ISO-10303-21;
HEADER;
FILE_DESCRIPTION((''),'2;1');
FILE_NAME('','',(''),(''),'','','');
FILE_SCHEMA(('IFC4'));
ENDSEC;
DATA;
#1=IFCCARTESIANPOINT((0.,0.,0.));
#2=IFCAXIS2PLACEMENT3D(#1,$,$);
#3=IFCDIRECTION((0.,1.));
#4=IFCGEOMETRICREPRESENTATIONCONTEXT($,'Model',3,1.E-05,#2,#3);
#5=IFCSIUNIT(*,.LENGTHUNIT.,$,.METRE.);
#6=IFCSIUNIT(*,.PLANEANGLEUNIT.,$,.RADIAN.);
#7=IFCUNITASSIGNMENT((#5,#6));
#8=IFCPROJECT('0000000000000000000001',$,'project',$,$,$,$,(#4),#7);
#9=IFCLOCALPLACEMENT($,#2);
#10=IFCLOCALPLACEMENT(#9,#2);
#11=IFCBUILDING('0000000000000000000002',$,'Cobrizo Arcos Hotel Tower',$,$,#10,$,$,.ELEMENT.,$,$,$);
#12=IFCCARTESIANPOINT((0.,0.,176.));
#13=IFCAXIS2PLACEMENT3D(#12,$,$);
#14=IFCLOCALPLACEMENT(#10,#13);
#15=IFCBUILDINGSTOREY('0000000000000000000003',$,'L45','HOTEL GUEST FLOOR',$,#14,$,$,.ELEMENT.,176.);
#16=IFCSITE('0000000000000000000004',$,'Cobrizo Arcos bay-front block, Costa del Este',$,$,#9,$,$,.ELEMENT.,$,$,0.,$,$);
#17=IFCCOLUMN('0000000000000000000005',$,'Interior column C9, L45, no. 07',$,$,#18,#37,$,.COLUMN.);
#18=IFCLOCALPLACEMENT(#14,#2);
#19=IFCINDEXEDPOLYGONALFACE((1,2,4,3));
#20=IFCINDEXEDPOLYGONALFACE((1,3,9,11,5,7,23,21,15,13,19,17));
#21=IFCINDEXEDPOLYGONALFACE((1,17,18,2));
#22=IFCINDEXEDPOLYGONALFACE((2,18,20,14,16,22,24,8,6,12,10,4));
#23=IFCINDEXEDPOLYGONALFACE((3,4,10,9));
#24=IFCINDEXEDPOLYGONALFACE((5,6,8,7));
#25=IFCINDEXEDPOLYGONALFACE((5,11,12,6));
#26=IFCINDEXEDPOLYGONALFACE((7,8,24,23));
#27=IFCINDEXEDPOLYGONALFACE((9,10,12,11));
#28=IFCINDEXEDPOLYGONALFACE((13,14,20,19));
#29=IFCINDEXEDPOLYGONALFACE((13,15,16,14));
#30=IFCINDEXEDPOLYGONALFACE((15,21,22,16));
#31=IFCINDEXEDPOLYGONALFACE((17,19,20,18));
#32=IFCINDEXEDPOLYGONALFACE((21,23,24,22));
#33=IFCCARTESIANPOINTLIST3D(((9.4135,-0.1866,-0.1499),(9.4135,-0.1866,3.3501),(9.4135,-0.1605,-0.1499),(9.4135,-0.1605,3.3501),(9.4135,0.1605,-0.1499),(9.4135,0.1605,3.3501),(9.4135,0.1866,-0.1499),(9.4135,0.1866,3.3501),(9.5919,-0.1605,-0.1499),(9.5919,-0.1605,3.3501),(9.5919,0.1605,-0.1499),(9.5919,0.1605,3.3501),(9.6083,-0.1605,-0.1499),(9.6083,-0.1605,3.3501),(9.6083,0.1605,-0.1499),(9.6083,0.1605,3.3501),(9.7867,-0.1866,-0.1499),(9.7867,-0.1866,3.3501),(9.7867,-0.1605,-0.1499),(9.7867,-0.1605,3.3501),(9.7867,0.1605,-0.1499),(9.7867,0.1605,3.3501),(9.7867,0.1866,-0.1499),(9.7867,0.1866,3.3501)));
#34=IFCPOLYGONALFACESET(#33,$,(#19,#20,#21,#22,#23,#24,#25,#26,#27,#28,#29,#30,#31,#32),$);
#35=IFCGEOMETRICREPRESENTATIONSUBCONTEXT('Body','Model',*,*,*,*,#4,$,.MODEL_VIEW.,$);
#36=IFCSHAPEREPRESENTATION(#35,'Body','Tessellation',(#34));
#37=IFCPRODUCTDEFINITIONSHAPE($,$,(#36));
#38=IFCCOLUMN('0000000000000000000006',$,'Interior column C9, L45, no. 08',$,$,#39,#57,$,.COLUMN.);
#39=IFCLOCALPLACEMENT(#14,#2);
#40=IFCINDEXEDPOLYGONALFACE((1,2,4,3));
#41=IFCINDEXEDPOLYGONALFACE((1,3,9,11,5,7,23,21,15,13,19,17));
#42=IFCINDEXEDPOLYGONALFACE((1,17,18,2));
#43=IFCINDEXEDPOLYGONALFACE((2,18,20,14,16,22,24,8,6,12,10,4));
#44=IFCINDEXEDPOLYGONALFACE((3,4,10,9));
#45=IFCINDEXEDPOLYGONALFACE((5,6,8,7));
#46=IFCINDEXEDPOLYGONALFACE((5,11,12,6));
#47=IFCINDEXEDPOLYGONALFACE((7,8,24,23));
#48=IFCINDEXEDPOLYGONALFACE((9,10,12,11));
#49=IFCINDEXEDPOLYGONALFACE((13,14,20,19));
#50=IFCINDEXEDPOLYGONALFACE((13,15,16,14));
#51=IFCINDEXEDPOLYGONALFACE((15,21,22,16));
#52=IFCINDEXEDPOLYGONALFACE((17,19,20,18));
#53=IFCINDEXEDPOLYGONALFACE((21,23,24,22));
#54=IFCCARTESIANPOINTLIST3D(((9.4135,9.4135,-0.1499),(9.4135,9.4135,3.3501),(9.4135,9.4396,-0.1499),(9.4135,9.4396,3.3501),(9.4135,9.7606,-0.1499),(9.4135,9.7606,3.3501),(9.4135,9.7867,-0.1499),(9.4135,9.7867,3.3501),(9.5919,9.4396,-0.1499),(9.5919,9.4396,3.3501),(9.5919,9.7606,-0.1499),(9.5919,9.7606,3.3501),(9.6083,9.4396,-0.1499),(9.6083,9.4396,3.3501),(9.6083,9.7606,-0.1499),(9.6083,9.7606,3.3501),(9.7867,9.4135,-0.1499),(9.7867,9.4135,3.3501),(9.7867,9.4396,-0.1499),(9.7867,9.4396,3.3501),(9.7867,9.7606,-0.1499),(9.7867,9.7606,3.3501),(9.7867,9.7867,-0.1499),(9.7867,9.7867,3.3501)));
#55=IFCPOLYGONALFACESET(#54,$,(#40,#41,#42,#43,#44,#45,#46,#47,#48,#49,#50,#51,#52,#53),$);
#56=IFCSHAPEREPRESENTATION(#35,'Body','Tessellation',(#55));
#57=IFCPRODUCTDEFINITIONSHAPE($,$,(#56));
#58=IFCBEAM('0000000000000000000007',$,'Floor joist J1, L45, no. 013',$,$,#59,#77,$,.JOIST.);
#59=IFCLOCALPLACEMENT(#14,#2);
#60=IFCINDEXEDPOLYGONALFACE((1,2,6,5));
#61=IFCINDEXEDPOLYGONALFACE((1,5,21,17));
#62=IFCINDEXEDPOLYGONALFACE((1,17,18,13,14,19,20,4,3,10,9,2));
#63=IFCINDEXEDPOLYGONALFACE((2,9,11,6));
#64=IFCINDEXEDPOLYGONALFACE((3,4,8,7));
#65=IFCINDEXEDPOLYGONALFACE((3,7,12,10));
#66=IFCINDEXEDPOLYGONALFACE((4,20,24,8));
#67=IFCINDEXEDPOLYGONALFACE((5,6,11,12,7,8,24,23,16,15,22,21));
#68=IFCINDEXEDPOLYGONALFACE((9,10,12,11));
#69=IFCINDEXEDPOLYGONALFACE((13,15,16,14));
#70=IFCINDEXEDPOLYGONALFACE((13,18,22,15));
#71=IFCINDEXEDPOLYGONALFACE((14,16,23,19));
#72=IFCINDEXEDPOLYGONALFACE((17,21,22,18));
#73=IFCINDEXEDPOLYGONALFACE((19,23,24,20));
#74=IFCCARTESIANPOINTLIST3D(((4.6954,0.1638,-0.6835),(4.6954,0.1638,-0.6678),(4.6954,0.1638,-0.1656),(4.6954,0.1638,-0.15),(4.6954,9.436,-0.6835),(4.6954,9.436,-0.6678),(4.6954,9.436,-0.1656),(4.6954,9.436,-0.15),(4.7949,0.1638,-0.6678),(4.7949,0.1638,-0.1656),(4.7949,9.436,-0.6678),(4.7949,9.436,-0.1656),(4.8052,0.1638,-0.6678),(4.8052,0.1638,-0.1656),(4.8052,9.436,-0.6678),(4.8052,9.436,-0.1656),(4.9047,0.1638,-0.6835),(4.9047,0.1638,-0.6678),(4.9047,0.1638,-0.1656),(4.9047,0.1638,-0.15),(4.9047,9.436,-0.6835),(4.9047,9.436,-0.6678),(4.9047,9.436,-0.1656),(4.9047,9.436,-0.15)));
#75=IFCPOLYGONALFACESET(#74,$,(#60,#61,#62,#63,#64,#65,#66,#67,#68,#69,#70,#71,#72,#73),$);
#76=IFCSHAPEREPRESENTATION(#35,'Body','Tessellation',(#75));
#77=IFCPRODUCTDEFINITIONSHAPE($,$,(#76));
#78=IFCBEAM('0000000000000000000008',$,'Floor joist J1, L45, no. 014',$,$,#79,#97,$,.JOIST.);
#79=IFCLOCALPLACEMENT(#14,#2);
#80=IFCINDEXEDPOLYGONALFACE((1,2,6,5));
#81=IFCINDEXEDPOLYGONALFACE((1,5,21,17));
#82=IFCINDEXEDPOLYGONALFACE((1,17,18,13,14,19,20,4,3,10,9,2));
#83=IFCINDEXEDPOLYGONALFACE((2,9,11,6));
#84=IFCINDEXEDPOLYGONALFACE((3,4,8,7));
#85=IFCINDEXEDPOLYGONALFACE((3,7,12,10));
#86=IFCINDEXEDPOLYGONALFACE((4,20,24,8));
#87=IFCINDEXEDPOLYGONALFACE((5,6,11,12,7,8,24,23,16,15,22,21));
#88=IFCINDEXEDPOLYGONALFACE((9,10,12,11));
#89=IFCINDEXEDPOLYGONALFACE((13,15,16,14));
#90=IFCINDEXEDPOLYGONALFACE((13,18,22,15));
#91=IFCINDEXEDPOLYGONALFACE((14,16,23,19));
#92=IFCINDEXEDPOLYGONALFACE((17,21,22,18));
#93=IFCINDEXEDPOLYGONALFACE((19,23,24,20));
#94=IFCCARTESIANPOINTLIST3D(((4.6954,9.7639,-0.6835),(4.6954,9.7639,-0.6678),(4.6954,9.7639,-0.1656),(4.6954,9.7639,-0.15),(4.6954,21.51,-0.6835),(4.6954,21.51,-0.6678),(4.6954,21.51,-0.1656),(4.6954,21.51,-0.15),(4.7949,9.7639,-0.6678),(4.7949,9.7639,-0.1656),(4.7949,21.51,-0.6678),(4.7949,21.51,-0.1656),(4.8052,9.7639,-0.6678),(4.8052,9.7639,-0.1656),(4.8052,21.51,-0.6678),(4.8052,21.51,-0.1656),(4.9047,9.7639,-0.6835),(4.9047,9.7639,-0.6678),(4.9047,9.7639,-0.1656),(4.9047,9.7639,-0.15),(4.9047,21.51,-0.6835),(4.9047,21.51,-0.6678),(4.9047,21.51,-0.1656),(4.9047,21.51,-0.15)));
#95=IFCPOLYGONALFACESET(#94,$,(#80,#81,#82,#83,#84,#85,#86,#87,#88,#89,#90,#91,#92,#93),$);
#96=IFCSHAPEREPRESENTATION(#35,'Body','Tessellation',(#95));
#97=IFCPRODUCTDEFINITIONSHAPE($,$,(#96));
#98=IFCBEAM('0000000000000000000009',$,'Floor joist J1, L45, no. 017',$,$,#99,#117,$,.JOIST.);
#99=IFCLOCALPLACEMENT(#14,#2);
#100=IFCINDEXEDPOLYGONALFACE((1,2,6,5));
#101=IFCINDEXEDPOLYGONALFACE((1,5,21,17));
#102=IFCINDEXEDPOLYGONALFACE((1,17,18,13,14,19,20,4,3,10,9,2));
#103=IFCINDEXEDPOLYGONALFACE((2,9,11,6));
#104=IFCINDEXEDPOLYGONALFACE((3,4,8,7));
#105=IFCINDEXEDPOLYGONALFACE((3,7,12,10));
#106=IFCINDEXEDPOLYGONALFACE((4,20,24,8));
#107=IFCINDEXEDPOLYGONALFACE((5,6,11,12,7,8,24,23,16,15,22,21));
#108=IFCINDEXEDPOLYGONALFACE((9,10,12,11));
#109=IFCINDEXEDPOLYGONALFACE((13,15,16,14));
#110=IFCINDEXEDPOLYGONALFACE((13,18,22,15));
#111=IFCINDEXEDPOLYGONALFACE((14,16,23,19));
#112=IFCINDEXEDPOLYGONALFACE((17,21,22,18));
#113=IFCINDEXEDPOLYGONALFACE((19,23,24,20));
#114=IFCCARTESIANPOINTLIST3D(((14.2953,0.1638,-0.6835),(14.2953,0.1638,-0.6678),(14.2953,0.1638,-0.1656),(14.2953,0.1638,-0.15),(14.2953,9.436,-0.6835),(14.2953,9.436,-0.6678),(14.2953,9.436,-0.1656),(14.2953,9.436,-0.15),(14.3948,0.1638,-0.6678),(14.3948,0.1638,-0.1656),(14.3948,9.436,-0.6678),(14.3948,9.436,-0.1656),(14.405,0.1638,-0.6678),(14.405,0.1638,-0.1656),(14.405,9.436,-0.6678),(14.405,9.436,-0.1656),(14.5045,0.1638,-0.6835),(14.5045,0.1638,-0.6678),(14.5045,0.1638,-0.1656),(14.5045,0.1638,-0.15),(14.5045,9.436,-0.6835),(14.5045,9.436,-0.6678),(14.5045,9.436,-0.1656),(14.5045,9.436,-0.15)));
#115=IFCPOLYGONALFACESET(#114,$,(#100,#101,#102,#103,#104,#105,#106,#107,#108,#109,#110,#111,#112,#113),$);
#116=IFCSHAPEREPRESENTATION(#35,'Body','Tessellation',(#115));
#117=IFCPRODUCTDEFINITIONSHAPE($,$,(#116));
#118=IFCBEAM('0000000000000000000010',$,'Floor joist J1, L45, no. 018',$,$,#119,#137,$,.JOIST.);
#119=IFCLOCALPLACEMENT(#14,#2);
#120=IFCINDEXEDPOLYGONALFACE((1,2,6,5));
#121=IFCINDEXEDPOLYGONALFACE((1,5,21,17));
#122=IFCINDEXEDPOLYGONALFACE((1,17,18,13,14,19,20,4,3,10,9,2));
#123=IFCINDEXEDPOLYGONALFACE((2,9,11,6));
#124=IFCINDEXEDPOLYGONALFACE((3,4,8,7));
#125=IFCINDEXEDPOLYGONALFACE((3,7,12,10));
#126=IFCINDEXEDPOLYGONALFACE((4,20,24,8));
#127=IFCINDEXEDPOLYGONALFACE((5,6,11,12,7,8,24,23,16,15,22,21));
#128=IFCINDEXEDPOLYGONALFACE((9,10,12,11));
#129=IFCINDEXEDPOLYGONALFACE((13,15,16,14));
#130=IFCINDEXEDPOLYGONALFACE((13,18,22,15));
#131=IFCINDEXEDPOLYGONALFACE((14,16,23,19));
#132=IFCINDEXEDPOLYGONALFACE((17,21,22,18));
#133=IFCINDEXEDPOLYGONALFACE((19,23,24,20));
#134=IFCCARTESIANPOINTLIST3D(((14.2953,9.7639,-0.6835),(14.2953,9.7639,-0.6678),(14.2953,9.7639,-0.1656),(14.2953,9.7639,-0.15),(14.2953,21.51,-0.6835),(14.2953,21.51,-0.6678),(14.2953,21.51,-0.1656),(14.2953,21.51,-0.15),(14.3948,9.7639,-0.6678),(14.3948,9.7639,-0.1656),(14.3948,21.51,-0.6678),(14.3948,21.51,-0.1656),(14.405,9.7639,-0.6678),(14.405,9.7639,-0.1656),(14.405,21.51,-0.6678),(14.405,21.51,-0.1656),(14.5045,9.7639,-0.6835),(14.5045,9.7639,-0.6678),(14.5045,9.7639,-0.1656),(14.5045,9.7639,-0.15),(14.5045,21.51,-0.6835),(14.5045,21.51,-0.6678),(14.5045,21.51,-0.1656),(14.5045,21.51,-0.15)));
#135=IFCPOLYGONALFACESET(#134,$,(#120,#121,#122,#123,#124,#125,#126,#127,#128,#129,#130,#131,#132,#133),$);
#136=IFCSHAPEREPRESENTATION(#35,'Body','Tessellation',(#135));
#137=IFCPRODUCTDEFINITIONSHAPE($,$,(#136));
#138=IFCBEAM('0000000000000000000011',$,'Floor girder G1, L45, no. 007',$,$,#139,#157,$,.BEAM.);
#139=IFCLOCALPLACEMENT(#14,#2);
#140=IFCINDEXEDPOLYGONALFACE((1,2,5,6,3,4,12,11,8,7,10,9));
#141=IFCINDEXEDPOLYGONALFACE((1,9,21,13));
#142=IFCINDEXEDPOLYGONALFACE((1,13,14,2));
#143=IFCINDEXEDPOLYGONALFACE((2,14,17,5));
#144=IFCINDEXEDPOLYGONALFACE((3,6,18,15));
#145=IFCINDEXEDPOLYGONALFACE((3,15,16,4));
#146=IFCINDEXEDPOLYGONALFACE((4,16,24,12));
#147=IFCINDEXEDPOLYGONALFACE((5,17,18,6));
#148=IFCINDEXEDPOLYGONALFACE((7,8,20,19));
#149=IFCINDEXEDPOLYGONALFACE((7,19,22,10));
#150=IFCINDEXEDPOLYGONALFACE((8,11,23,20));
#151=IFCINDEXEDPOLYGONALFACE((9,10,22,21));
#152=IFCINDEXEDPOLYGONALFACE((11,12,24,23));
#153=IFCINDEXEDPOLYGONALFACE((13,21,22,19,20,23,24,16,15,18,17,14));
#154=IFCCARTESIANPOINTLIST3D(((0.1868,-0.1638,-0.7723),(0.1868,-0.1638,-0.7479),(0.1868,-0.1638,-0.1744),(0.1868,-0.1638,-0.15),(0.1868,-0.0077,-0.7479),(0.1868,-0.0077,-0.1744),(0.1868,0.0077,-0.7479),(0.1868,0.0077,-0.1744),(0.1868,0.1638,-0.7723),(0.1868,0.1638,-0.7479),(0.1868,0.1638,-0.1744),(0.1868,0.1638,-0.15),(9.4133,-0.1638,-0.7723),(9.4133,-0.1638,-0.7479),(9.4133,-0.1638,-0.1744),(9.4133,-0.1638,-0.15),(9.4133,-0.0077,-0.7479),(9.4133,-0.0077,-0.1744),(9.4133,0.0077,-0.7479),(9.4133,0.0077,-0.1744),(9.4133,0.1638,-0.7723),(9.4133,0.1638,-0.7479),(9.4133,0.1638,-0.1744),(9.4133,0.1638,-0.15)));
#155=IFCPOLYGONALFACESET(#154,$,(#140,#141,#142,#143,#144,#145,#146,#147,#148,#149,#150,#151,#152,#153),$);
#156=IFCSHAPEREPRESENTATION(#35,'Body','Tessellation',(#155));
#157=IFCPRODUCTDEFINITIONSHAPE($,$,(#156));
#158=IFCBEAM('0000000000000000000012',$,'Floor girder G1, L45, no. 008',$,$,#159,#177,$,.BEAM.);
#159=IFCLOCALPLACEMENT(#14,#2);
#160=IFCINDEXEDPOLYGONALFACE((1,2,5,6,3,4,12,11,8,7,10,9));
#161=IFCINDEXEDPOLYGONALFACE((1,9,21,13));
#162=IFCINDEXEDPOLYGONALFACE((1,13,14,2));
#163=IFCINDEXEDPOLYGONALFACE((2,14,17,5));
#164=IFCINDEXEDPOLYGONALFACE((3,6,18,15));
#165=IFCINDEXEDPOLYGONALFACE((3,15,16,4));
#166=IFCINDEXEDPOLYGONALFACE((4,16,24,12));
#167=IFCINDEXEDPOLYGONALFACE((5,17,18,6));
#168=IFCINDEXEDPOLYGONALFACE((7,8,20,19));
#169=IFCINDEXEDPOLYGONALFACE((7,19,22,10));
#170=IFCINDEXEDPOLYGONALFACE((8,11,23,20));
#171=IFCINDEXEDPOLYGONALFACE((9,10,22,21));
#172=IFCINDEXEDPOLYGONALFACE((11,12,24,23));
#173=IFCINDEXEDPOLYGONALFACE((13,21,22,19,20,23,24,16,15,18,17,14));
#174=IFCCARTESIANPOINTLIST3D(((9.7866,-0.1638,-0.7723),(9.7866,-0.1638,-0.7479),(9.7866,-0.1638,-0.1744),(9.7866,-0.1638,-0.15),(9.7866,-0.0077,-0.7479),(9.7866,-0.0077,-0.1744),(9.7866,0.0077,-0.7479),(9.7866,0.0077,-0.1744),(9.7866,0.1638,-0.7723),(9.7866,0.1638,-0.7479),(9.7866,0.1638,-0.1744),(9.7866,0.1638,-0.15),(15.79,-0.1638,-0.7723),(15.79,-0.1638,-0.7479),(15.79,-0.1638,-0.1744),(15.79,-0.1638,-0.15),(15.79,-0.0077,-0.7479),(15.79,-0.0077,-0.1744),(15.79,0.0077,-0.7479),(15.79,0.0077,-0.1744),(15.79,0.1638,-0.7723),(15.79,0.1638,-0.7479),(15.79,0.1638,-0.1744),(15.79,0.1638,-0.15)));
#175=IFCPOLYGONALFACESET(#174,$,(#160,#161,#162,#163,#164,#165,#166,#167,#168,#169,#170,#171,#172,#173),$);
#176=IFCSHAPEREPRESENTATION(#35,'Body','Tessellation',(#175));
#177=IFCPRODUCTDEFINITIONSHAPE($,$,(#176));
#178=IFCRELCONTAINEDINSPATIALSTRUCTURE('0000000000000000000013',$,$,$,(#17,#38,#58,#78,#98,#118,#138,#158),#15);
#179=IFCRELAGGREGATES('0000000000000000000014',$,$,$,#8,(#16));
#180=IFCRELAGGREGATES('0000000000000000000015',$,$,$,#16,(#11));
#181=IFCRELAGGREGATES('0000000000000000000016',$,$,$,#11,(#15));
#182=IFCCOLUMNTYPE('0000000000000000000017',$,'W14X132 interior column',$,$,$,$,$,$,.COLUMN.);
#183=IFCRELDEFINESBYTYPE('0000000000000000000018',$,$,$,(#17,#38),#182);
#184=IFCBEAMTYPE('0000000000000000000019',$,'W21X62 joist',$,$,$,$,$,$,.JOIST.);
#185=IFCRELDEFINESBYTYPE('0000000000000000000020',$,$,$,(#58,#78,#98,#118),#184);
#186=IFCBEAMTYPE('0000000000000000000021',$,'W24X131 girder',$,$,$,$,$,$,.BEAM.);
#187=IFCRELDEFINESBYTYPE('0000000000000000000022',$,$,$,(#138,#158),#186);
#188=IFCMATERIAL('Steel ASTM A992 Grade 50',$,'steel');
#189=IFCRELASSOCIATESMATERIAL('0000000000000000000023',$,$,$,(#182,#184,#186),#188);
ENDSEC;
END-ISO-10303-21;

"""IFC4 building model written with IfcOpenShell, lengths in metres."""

from ifc_helpers import new_model, si_unit, direction, frame, origin, origin_2d, place, context, subcontext, project, spatial, i_section, extrude, material, material_profile, profile_set, type_object, element, save


model = new_model("IFC4")

# Units and contexts
model_context = context("Model", 3, precision=1e-05, world=origin(), true_north=direction((0.0, 1.0)))
body_context = subcontext(model_context, "Body", "Model", "MODEL_VIEW")
ifc_project = project(units=[si_unit("LENGTHUNIT", "METRE"), si_unit("PLANEANGLEUNIT", "RADIAN")], contexts=[model_context])

# Site, building, storey
site_placement = place(None, origin())
site = spatial("IfcSite", under=ifc_project, at=site_placement, Name="Cobrizo Arcos bay-front block, Costa del Este", CompositionType="ELEMENT", RefElevation=0.0)
building_placement = place(site_placement, origin())
building = spatial("IfcBuilding", under=site, at=building_placement, Name="Cobrizo Arcos Hotel Tower", CompositionType="ELEMENT")
storey_placement = place(building_placement, frame((0.0, 0.0, 176.0)))
storey = spatial("IfcBuildingStorey", under=building, at=storey_placement, Name="L45", Description="HOTEL GUEST FLOOR", CompositionType="ELEMENT", Elevation=176.0)

# Columns
ifc_material_1 = material(Name="Steel ASTM A992 Grade 50", Category="steel")
ifc_material_profile_1 = material_profile(ifc_material_1, i_section(OverallWidth=0.3733, OverallDepth=0.3733, WebThickness=0.0164, FlangeThickness=0.0261, at=origin_2d()), Name="W14X132")
ifc_profile_set_1 = profile_set([ifc_material_profile_1], Name="Steel ASTM A992 Grade 50")
column_type = type_object("IfcColumnType", Name="W14X132 interior column", PredefinedType="COLUMN", material=ifc_profile_set_1)
for number, where, z_axis, x_axis, name in (
    (1, (9.6001, 0.0, -0.1499), (0.0, 0.0, 1.0), (1.0, 0.0, 0.0), "Interior column C9, L45, no. 07"),
    (2, (9.6001, 9.6001, -0.1499), (0.0, 0.0, 1.0), (1.0, 0.0, 0.0), "Interior column C9, L45, no. 08"),
):
    element("IfcColumn", number, at=place(storey_placement, frame(where, z_axis=z_axis, x_axis=x_axis)), inside=storey, type_object=column_type, Name=name, PredefinedType="COLUMN", context=body_context, shape_type="SweptSolid", body=[
        extrude(i_section(OverallWidth=0.3733, OverallDepth=0.3733, WebThickness=0.0164, FlangeThickness=0.0261, at=origin_2d()), origin(), (0.0, 0.0, 1.0), 3.5),
    ])

# Beams
ifc_material_profile_2 = material_profile(ifc_material_1, i_section(OverallWidth=0.2092, OverallDepth=0.5334, WebThickness=0.0103, FlangeThickness=0.0156, at=origin_2d()), Name="W21X62")
ifc_profile_set_2 = profile_set([ifc_material_profile_2], Name="Steel ASTM A992 Grade 50")
beam_type_1 = type_object("IfcBeamType", Name="W21X62 joist", PredefinedType="JOIST", material=ifc_profile_set_2)
beam_1_placement = place(storey_placement, frame((4.8, 0.1638, -0.4167), z_axis=(0.0, 1.0, 0.0), x_axis=(-1.0, 0.0, 0.0)))
element("IfcBeam", 3, at=beam_1_placement, inside=storey, type_object=beam_type_1, Name="Floor joist J1, L45, no. 013", PredefinedType="JOIST", context=body_context, shape_type="SweptSolid", body=[
    extrude(i_section(OverallWidth=0.2092, OverallDepth=0.5334, WebThickness=0.0103, FlangeThickness=0.0156, at=origin_2d()), origin(), (0.0, 0.0, 1.0), 9.2722),
])
beam_2_placement = place(storey_placement, frame((4.8, 9.7639, -0.4167), z_axis=(0.0, 1.0, 0.0), x_axis=(-1.0, 0.0, 0.0)))
element("IfcBeam", 4, at=beam_2_placement, inside=storey, type_object=beam_type_1, Name="Floor joist J1, L45, no. 014", PredefinedType="JOIST", context=body_context, shape_type="SweptSolid", body=[
    extrude(i_section(OverallWidth=0.2092, OverallDepth=0.5334, WebThickness=0.0103, FlangeThickness=0.0156, at=origin_2d()), origin(), (0.0, 0.0, 1.0), 11.7461),
])
beam_3_placement = place(storey_placement, frame((14.3999, 0.1638, -0.4167), z_axis=(0.0, 1.0, 0.0), x_axis=(-1.0, 0.0, 0.0)))
element("IfcBeam", 5, at=beam_3_placement, inside=storey, type_object=beam_type_1, Name="Floor joist J1, L45, no. 017", PredefinedType="JOIST", context=body_context, shape_type="SweptSolid", body=[
    extrude(i_section(OverallWidth=0.2092, OverallDepth=0.5334, WebThickness=0.0103, FlangeThickness=0.0156, at=origin_2d()), origin(), (0.0, 0.0, 1.0), 9.2722),
])
beam_4_placement = place(storey_placement, frame((14.3999, 9.7639, -0.4167), z_axis=(0.0, 1.0, 0.0), x_axis=(-1.0, 0.0, 0.0)))
element("IfcBeam", 6, at=beam_4_placement, inside=storey, type_object=beam_type_1, Name="Floor joist J1, L45, no. 018", PredefinedType="JOIST", context=body_context, shape_type="SweptSolid", body=[
    extrude(i_section(OverallWidth=0.2092, OverallDepth=0.5334, WebThickness=0.0103, FlangeThickness=0.0156, at=origin_2d()), origin(), (0.0, 0.0, 1.0), 11.7461),
])
ifc_material_profile_3 = material_profile(ifc_material_1, i_section(OverallWidth=0.3276, OverallDepth=0.6223, WebThickness=0.0154, FlangeThickness=0.0244, at=origin_2d()), Name="W24X131")
ifc_profile_set_3 = profile_set([ifc_material_profile_3], Name="Steel ASTM A992 Grade 50")
beam_type_2 = type_object("IfcBeamType", Name="W24X131 girder", PredefinedType="BEAM", material=ifc_profile_set_3)
beam_5_placement = place(storey_placement, frame((0.1868, 0.0, -0.4612), z_axis=(1.0, 0.0, 0.0), x_axis=(0.0, 1.0, 0.0)))
element("IfcBeam", 7, at=beam_5_placement, inside=storey, type_object=beam_type_2, Name="Floor girder G1, L45, no. 007", PredefinedType="BEAM", context=body_context, shape_type="SweptSolid", body=[
    extrude(i_section(OverallWidth=0.3276, OverallDepth=0.6223, WebThickness=0.0154, FlangeThickness=0.0244, at=origin_2d()), origin(), (0.0, 0.0, 1.0), 9.2266),
])
beam_6_placement = place(storey_placement, frame((9.7866, 0.0, -0.4612), z_axis=(1.0, 0.0, 0.0), x_axis=(0.0, 1.0, 0.0)))
element("IfcBeam", 8, at=beam_6_placement, inside=storey, type_object=beam_type_2, Name="Floor girder G1, L45, no. 008", PredefinedType="BEAM", context=body_context, shape_type="SweptSolid", body=[
    extrude(i_section(OverallWidth=0.3276, OverallDepth=0.6223, WebThickness=0.0154, FlangeThickness=0.0244, at=origin_2d()), origin(), (0.0, 0.0, 1.0), 6.0034),
])

save(model, "model.ifc")
